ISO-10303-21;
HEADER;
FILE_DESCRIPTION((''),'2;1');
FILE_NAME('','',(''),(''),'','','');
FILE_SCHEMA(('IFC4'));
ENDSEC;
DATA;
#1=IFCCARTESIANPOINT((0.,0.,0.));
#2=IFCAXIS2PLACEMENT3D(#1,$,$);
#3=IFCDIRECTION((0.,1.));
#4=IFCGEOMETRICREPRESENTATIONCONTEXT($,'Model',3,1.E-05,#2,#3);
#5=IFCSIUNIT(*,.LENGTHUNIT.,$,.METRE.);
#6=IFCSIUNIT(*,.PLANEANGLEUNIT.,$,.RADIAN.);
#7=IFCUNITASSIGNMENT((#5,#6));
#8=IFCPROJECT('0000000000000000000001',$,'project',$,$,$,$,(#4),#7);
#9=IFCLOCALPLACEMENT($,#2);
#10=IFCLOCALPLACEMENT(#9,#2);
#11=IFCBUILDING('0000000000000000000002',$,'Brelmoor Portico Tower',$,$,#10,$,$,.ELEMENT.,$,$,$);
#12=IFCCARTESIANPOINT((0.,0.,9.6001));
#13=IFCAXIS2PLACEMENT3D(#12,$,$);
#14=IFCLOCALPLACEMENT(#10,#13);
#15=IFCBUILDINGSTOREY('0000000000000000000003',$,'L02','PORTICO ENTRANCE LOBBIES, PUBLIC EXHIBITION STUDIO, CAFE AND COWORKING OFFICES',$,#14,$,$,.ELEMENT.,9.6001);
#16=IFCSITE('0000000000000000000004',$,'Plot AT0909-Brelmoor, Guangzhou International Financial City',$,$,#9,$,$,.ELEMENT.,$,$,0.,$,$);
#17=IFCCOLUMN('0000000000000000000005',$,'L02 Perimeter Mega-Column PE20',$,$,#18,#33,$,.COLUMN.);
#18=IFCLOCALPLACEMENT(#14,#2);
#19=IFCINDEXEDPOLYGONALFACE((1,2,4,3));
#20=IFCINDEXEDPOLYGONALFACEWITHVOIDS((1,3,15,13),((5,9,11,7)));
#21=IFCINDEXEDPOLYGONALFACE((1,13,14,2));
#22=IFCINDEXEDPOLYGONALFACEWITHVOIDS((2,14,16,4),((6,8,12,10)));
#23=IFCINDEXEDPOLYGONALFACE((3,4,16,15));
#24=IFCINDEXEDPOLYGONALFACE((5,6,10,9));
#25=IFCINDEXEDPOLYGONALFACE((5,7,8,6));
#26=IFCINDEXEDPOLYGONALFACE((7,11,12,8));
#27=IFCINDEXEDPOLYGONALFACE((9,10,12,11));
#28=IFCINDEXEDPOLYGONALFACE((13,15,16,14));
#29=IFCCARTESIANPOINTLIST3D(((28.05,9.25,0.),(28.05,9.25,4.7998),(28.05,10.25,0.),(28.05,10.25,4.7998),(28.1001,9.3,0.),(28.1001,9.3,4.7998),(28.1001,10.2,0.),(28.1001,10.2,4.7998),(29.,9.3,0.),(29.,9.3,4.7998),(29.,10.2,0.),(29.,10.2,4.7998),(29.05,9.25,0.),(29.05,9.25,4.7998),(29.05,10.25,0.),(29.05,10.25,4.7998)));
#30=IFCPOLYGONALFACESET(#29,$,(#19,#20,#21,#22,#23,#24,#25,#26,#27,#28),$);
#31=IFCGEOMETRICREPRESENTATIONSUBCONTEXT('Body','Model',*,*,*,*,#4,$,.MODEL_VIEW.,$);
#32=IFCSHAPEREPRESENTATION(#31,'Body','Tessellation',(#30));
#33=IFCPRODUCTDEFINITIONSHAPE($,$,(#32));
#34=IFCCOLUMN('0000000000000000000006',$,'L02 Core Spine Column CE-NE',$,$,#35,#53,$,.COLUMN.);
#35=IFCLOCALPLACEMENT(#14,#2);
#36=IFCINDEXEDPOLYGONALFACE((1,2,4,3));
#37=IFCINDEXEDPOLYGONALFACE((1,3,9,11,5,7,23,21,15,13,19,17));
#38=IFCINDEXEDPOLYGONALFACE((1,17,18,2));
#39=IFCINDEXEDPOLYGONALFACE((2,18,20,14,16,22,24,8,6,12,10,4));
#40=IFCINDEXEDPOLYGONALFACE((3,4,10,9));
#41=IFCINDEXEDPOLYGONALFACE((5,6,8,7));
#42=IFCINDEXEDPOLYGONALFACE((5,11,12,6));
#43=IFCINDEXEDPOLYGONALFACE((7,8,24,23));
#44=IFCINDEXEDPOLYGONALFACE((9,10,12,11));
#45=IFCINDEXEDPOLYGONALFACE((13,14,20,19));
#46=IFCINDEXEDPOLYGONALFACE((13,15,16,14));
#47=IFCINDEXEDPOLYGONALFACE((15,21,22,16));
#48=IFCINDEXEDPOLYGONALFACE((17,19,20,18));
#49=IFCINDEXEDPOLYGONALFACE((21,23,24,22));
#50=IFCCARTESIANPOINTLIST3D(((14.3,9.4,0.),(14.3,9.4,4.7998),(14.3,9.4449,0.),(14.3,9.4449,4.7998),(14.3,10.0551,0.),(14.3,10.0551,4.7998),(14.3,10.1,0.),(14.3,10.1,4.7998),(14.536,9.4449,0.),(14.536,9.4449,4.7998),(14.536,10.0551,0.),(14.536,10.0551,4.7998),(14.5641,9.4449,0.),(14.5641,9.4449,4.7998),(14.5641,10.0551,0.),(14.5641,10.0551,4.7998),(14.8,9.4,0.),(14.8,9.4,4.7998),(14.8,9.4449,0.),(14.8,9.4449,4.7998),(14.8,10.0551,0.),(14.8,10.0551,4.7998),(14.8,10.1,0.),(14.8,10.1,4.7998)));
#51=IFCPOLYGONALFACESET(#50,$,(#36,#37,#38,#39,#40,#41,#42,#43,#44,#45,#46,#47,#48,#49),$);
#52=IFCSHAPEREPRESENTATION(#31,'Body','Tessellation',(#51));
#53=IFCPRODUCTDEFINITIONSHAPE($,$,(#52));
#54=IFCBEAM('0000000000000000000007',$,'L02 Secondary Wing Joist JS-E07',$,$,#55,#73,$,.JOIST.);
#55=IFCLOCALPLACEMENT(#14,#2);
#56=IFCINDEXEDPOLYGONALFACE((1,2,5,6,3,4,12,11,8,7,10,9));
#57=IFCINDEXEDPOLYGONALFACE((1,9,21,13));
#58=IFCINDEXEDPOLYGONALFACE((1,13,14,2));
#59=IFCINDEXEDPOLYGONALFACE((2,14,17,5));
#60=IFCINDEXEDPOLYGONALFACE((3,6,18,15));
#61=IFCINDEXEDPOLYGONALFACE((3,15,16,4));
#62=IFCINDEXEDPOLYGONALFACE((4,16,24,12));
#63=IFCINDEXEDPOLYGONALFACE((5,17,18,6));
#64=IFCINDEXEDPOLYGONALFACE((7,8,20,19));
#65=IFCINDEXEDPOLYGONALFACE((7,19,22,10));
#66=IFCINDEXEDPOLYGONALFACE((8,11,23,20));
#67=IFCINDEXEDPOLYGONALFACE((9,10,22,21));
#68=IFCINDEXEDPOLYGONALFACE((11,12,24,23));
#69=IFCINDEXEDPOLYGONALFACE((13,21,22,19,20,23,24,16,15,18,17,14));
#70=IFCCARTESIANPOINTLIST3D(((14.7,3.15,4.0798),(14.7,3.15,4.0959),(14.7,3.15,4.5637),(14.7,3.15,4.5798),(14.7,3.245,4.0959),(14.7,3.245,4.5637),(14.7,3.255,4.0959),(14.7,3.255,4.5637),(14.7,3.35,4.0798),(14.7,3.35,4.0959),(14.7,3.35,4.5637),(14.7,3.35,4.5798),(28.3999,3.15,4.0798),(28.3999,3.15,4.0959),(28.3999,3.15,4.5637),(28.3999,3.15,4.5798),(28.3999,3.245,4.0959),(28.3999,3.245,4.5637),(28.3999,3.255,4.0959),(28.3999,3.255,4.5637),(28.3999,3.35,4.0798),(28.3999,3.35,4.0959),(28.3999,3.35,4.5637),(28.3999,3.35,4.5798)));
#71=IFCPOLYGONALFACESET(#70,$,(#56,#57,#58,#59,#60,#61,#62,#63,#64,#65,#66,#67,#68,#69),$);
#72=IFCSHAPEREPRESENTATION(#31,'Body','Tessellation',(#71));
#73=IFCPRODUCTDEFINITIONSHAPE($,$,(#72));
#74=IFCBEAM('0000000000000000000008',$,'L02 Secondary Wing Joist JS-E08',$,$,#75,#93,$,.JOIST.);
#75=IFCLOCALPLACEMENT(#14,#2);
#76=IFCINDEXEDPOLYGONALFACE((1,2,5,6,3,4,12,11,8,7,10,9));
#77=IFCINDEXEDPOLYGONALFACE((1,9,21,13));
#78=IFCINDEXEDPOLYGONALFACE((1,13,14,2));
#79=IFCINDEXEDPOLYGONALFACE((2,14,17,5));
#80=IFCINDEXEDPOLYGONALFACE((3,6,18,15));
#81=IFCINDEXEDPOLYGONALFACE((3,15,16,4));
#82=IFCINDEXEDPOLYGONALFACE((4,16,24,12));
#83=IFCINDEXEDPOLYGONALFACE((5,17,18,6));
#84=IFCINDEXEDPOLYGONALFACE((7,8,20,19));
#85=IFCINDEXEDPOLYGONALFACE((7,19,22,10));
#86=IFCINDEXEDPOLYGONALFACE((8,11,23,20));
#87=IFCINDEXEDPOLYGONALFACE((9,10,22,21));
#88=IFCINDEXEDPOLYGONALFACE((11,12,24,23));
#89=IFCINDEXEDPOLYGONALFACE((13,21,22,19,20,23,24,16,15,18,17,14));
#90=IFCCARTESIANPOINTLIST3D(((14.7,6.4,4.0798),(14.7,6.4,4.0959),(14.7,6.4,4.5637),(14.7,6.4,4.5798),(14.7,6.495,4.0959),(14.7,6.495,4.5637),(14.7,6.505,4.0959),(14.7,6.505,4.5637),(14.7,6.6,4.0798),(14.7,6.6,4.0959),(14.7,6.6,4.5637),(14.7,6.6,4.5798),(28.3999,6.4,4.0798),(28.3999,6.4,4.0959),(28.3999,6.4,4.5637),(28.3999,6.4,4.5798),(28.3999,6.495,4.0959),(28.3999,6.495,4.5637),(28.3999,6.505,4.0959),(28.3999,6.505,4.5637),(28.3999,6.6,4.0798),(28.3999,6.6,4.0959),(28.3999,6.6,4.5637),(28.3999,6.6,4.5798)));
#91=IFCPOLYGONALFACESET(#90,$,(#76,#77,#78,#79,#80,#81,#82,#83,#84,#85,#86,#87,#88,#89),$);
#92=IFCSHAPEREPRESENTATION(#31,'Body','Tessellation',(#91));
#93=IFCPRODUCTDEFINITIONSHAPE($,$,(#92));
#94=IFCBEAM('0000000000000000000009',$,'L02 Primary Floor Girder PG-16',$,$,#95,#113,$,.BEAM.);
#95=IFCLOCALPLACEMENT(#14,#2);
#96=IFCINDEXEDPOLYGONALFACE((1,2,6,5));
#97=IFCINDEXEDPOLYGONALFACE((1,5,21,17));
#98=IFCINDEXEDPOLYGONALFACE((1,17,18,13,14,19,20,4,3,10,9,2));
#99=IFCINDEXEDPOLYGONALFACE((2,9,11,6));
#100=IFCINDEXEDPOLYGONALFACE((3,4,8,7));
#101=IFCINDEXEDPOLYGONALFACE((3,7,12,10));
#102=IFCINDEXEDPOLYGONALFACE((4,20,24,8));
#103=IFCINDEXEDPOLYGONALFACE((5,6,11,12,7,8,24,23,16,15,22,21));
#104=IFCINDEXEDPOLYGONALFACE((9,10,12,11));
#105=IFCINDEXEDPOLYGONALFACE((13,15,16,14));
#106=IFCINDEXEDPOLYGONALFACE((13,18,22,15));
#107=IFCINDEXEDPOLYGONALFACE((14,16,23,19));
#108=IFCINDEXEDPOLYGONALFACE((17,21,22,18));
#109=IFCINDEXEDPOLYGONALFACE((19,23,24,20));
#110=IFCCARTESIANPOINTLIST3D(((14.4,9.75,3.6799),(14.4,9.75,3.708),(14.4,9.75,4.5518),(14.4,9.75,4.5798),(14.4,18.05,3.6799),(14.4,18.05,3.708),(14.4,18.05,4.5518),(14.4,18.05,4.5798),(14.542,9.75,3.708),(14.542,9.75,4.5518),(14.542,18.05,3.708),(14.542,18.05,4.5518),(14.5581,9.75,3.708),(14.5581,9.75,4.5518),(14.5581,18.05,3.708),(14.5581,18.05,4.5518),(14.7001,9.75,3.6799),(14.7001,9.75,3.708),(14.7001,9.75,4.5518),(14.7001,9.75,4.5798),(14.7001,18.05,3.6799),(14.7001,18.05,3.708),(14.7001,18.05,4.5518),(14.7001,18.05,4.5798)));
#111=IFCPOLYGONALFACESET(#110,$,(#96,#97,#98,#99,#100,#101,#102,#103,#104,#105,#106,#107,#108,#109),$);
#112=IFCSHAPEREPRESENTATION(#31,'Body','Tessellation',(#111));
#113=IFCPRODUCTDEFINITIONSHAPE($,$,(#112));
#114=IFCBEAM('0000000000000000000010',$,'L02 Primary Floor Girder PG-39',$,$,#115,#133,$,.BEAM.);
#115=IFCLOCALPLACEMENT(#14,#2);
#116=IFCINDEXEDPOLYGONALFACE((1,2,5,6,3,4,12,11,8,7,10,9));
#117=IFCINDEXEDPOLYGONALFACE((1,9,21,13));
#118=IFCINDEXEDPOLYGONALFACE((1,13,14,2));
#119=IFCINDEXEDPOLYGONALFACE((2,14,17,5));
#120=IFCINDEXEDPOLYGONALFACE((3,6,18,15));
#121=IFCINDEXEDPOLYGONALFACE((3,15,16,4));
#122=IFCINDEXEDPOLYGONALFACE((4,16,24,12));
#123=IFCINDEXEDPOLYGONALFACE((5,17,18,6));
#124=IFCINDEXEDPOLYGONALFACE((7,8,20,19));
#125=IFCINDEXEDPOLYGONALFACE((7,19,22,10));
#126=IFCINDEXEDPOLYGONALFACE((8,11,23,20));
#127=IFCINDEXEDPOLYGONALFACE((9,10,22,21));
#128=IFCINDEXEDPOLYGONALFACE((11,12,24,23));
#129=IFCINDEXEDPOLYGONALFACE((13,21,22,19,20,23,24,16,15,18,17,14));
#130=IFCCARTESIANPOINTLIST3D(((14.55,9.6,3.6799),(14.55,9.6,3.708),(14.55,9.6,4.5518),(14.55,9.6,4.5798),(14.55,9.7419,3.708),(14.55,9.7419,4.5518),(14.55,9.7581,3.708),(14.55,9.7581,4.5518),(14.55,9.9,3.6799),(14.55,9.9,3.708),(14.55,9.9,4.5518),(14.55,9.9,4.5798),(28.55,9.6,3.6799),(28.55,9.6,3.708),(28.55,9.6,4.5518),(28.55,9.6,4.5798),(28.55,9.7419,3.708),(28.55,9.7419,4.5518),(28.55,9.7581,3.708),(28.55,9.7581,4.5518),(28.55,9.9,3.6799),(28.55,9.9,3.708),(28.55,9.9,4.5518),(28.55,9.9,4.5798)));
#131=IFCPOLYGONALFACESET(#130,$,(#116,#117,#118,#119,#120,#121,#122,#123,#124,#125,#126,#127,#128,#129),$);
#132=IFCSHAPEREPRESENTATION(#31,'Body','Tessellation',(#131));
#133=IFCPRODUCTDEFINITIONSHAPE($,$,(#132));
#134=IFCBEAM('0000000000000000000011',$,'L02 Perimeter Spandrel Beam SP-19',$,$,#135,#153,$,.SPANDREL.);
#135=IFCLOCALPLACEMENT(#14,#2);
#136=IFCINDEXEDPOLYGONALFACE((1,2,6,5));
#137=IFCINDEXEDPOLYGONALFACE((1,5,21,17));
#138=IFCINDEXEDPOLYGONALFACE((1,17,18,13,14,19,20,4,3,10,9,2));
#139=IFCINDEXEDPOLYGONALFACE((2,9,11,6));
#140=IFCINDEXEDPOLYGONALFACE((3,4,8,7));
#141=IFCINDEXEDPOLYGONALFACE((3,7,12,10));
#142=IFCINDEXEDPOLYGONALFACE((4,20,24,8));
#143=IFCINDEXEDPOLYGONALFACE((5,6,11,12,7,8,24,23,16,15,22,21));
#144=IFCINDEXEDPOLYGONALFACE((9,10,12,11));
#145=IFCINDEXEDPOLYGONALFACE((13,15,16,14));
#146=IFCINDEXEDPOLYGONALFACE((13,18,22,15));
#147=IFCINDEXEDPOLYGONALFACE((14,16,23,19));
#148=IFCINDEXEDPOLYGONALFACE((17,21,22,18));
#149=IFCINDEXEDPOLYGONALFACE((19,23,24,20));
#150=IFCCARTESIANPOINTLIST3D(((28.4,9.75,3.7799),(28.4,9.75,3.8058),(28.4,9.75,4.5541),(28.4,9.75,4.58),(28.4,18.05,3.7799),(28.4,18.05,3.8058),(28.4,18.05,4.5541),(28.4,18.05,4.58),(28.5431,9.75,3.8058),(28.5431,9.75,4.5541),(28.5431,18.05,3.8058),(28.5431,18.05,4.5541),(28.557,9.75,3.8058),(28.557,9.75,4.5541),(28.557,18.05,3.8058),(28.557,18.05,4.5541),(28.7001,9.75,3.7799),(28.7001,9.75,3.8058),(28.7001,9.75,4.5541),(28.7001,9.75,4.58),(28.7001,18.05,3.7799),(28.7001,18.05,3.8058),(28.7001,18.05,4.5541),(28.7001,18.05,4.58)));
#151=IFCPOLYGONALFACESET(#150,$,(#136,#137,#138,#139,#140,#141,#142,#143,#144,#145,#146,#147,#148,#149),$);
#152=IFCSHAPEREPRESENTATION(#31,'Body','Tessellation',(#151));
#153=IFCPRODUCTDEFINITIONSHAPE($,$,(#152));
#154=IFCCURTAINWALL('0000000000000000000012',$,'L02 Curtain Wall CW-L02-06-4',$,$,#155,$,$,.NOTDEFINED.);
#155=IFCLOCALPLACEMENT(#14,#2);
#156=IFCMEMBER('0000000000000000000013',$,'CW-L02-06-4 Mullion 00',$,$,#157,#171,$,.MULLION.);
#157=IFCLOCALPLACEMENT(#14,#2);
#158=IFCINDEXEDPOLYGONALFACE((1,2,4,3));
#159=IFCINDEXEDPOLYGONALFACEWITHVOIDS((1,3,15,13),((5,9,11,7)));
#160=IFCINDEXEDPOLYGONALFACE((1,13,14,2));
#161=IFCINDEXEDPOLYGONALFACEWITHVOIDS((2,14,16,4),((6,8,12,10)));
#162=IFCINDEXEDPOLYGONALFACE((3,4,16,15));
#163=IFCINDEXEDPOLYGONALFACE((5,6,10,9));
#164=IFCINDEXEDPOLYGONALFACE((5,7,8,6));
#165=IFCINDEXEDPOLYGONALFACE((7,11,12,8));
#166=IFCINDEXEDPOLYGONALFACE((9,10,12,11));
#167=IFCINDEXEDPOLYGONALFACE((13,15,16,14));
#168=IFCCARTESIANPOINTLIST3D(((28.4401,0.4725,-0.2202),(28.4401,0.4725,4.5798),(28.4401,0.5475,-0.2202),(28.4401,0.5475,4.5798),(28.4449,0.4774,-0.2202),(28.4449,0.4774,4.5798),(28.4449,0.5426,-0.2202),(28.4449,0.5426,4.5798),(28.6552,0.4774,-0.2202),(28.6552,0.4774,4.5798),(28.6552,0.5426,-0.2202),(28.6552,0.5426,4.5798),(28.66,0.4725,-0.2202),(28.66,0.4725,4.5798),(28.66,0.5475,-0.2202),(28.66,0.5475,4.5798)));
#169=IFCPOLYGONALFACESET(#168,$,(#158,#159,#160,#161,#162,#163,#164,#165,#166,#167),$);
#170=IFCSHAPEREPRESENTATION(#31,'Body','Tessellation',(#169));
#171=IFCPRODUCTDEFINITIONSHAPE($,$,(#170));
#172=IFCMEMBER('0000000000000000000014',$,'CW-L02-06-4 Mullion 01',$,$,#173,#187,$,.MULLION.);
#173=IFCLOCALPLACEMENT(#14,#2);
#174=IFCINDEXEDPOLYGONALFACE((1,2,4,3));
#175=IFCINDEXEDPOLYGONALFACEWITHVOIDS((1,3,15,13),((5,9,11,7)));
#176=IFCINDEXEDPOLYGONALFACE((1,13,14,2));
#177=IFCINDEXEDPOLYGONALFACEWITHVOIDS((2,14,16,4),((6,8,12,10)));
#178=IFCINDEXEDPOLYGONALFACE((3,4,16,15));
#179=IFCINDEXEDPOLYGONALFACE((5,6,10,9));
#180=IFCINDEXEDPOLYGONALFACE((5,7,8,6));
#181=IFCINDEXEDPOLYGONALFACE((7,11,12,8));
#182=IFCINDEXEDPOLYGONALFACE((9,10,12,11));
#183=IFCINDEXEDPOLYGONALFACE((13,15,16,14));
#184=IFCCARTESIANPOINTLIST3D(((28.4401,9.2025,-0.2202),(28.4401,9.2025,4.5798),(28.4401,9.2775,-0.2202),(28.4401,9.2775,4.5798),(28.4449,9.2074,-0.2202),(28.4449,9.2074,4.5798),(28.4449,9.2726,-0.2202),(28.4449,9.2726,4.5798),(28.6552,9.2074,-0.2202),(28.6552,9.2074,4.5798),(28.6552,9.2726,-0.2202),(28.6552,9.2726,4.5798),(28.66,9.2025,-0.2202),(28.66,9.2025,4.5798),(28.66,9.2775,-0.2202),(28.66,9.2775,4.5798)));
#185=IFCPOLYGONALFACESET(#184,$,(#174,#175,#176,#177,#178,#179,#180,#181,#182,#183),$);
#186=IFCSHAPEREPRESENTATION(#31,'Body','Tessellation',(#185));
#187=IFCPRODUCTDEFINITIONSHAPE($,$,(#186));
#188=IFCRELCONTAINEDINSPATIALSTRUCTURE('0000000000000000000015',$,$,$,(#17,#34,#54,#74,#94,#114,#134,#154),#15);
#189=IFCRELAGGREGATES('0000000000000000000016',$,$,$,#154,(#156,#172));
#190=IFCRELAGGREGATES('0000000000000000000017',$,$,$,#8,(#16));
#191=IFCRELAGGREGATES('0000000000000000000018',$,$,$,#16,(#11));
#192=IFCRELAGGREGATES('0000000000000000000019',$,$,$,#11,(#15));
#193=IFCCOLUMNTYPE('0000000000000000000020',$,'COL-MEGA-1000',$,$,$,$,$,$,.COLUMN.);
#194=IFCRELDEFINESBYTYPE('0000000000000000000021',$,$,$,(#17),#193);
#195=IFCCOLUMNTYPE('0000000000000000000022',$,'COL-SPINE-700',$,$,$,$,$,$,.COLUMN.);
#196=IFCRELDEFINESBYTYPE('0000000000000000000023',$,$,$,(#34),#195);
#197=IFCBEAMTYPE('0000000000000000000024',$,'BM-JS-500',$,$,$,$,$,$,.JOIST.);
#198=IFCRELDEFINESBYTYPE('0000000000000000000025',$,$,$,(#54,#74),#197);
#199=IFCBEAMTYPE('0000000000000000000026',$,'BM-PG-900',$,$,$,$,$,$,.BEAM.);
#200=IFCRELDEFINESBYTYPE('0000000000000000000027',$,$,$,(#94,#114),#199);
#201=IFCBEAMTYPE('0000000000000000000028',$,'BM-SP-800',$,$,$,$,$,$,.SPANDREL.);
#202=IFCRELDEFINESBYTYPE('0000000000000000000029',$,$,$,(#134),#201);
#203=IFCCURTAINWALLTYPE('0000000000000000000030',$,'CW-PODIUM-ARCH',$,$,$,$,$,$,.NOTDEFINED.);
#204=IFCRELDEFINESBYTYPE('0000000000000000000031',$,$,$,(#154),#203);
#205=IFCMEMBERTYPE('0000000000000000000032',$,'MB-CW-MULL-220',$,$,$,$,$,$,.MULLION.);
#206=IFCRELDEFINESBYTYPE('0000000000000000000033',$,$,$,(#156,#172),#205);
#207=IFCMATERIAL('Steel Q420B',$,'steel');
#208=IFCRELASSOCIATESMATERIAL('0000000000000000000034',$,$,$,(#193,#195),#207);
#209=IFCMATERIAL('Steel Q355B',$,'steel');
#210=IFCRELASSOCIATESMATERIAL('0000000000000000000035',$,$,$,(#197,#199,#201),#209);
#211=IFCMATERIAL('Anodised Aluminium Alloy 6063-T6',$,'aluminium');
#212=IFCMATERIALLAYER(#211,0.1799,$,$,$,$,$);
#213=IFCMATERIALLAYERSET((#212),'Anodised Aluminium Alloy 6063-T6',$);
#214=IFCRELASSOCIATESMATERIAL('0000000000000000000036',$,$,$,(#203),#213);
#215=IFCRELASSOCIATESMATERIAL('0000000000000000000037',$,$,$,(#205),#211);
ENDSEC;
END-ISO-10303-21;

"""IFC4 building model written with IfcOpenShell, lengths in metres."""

from ifc_helpers import new_model, si_unit, direction, frame, origin, origin_2d, place, context, subcontext, project, spatial, hollow_rectangle, i_section, extrude, material, layer, layer_set, material_profile, profile_set, type_object, element, aggregate, save


model = new_model("IFC4")

# Units and contexts
model_context = context("Model", 3, precision=1e-05, world=origin(), true_north=direction((0.0, 1.0)))
body_context = subcontext(model_context, "Body", "Model", "MODEL_VIEW")
ifc_project = project(units=[si_unit("LENGTHUNIT", "METRE"), si_unit("PLANEANGLEUNIT", "RADIAN")], contexts=[model_context])

# Site, building, storey
site_placement = place(None, origin())
site = spatial("IfcSite", under=ifc_project, at=site_placement, Name="Plot AT0909-Brelmoor, Guangzhou International Financial City", CompositionType="ELEMENT", RefElevation=0.0)
building_placement = place(site_placement, origin())
building = spatial("IfcBuilding", under=site, at=building_placement, Name="Brelmoor Portico Tower", CompositionType="ELEMENT")
storey_placement = place(building_placement, frame((0.0, 0.0, 9.6001)))
storey = spatial("IfcBuildingStorey", under=building, at=storey_placement, Name="L02", Description="PORTICO ENTRANCE LOBBIES, PUBLIC EXHIBITION STUDIO, CAFE AND COWORKING OFFICES", CompositionType="ELEMENT", Elevation=9.6001)

# Columns
ifc_material_1 = material(Name="Steel Q420B", Category="steel")
ifc_material_profile_1 = material_profile(ifc_material_1, hollow_rectangle(XDim=1.0, YDim=1.0, WallThickness=0.05, at=origin_2d()), Name="BOX 1000x1000x50")
ifc_profile_set_1 = profile_set([ifc_material_profile_1], Name="Steel Q420B")
column_type_1 = type_object("IfcColumnType", Name="COL-MEGA-1000", PredefinedType="COLUMN", material=ifc_profile_set_1)
column_1_placement = place(storey_placement, frame((28.55, 9.75, 0.0), z_axis=(0.0, 0.0, 1.0), x_axis=(0.0, 1.0, 0.0)))
element("IfcColumn", 1, at=column_1_placement, inside=storey, type_object=column_type_1, Name="L02 Perimeter Mega-Column PE20", PredefinedType="COLUMN", context=body_context, shape_type="SweptSolid", body=[
    extrude(hollow_rectangle(XDim=1.0, YDim=1.0, WallThickness=0.05, at=origin_2d()), origin(), (0.0, 0.0, 1.0), 4.7998),
])
ifc_material_profile_2 = material_profile(ifc_material_1, i_section(OverallWidth=0.5, OverallDepth=0.7, WebThickness=0.0281, FlangeThickness=0.0449, at=origin_2d()), Name="HW 700x500x28x45")
ifc_profile_set_2 = profile_set([ifc_material_profile_2], Name="Steel Q420B")
column_type_2 = type_object("IfcColumnType", Name="COL-SPINE-700", PredefinedType="COLUMN", material=ifc_profile_set_2)
column_2_placement = place(storey_placement, frame((14.55, 9.75, 0.0), z_axis=(0.0, 0.0, 1.0), x_axis=(1.0, 0.0, 0.0)))
element("IfcColumn", 2, at=column_2_placement, inside=storey, type_object=column_type_2, Name="L02 Core Spine Column CE-NE", PredefinedType="COLUMN", context=body_context, shape_type="SweptSolid", body=[
    extrude(i_section(OverallWidth=0.5, OverallDepth=0.7, WebThickness=0.0281, FlangeThickness=0.0449, at=origin_2d()), origin(), (0.0, 0.0, 1.0), 4.7998),
])

# Beams
ifc_material_2 = material(Name="Steel Q355B", Category="steel")
ifc_material_profile_3 = material_profile(ifc_material_2, i_section(OverallWidth=0.2, OverallDepth=0.5, WebThickness=0.01, FlangeThickness=0.0161, at=origin_2d()), Name="HN 500x200x10x16")
ifc_profile_set_3 = profile_set([ifc_material_profile_3], Name="Steel Q355B")
beam_type_1 = type_object("IfcBeamType", Name="BM-JS-500", PredefinedType="JOIST", material=ifc_profile_set_3)
for number, where, z_axis, x_axis, name in (
    (3, (14.7, 3.25, 4.3298), (1.0, 0.0, 0.0), (0.0, 1.0, 0.0), "L02 Secondary Wing Joist JS-E07"),
    (4, (14.7, 6.5, 4.3298), (1.0, 0.0, 0.0), (0.0, 1.0, 0.0), "L02 Secondary Wing Joist JS-E08"),
):
    element("IfcBeam", number, at=place(storey_placement, frame(where, z_axis=z_axis, x_axis=x_axis)), inside=storey, type_object=beam_type_1, Name=name, PredefinedType="JOIST", context=body_context, shape_type="SweptSolid", body=[
        extrude(i_section(OverallWidth=0.2, OverallDepth=0.5, WebThickness=0.01, FlangeThickness=0.0161, at=origin_2d()), origin(), (0.0, 0.0, 1.0), 13.7),
    ])
ifc_material_profile_4 = material_profile(ifc_material_2, i_section(OverallWidth=0.3, OverallDepth=0.8999, WebThickness=0.0161, FlangeThickness=0.0281, at=origin_2d()), Name="HN 900x300x16x28")
ifc_profile_set_4 = profile_set([ifc_material_profile_4], Name="Steel Q355B")
beam_type_2 = type_object("IfcBeamType", Name="BM-PG-900", PredefinedType="BEAM", material=ifc_profile_set_4)
beam_1_placement = place(storey_placement, frame((14.55, 9.75, 4.1299), z_axis=(0.0, 1.0, 0.0), x_axis=(-1.0, 0.0, 0.0)))
element("IfcBeam", 5, at=beam_1_placement, inside=storey, type_object=beam_type_2, Name="L02 Primary Floor Girder PG-16", PredefinedType="BEAM", context=body_context, shape_type="SweptSolid", body=[
    extrude(i_section(OverallWidth=0.3, OverallDepth=0.8999, WebThickness=0.0161, FlangeThickness=0.0281, at=origin_2d()), origin(), (0.0, 0.0, 1.0), 8.3),
])
beam_2_placement = place(storey_placement, frame((14.55, 9.75, 4.1299), z_axis=(1.0, 0.0, 0.0), x_axis=(0.0, 1.0, 0.0)))
element("IfcBeam", 6, at=beam_2_placement, inside=storey, type_object=beam_type_2, Name="L02 Primary Floor Girder PG-39", PredefinedType="BEAM", context=body_context, shape_type="SweptSolid", body=[
    extrude(i_section(OverallWidth=0.3, OverallDepth=0.8999, WebThickness=0.0161, FlangeThickness=0.0281, at=origin_2d()), origin(), (0.0, 0.0, 1.0), 14.0),
])
ifc_material_profile_5 = material_profile(ifc_material_2, i_section(OverallWidth=0.3, OverallDepth=0.8, WebThickness=0.0139, FlangeThickness=0.0259, at=origin_2d()), Name="HN 800x300x14x26")
ifc_profile_set_5 = profile_set([ifc_material_profile_5], Name="Steel Q355B")
beam_type_3 = type_object("IfcBeamType", Name="BM-SP-800", PredefinedType="SPANDREL", material=ifc_profile_set_5)
beam_3_placement = place(storey_placement, frame((28.55, 9.75, 4.1799), z_axis=(0.0, 1.0, 0.0), x_axis=(-1.0, 0.0, 0.0)))
element("IfcBeam", 7, at=beam_3_placement, inside=storey, type_object=beam_type_3, Name="L02 Perimeter Spandrel Beam SP-19", PredefinedType="SPANDREL", context=body_context, shape_type="SweptSolid", body=[
    extrude(i_section(OverallWidth=0.3, OverallDepth=0.8, WebThickness=0.0139, FlangeThickness=0.0259, at=origin_2d()), origin(), (0.0, 0.0, 1.0), 8.3),
])

# Curtain wall, members
ifc_material_3 = material(Name="Anodised Aluminium Alloy 6063-T6", Category="aluminium")
ifc_layer_1 = layer(ifc_material_3, 0.1799)
ifc_layer_set_1 = layer_set([ifc_layer_1], Name="Anodised Aluminium Alloy 6063-T6")
curtain_wall_type = type_object("IfcCurtainWallType", Name="CW-PODIUM-ARCH", PredefinedType="NOTDEFINED", material=ifc_layer_set_1)
curtain_wall_1_placement = place(storey_placement, origin())
curtain_wall_1 = element("IfcCurtainWall", 8, at=curtain_wall_1_placement, inside=storey, type_object=curtain_wall_type, Name="L02 Curtain Wall CW-L02-06-4", PredefinedType="NOTDEFINED")
ifc_material_profile_6 = material_profile(ifc_material_3, hollow_rectangle(XDim=0.075, YDim=0.22, WallThickness=0.0049, at=origin_2d()), Name="ALU MULLION 75x220")
ifc_profile_set_6 = profile_set([ifc_material_profile_6], Name="Anodised Aluminium Alloy 6063-T6")
member_type_1 = type_object("IfcMemberType", Name="MB-CW-MULL-220", PredefinedType="MULLION", material=ifc_profile_set_6)
member_1_placement = place(storey_placement, frame((28.55, 0.51, -0.2202), z_axis=(0.0, 0.0, 1.0), x_axis=(0.0, 1.0, 0.0)))
member_1 = element("IfcMember", 9, at=member_1_placement, type_object=member_type_1, Name="CW-L02-06-4 Mullion 00", PredefinedType="MULLION", context=body_context, shape_type="SweptSolid", body=[
    extrude(hollow_rectangle(XDim=0.075, YDim=0.22, WallThickness=0.0049, at=origin_2d()), origin(), (0.0, 0.0, 1.0), 4.8),
])
member_2_placement = place(storey_placement, frame((28.55, 9.24, -0.2202), z_axis=(0.0, 0.0, 1.0), x_axis=(0.0, 1.0, 0.0)))
member_2 = element("IfcMember", 10, at=member_2_placement, type_object=member_type_1, Name="CW-L02-06-4 Mullion 01", PredefinedType="MULLION", context=body_context, shape_type="SweptSolid", body=[
    extrude(hollow_rectangle(XDim=0.075, YDim=0.22, WallThickness=0.0049, at=origin_2d()), origin(), (0.0, 0.0, 1.0), 4.8),
])

aggregate(curtain_wall_1, [member_1, member_2])

save(model, "model.ifc")
